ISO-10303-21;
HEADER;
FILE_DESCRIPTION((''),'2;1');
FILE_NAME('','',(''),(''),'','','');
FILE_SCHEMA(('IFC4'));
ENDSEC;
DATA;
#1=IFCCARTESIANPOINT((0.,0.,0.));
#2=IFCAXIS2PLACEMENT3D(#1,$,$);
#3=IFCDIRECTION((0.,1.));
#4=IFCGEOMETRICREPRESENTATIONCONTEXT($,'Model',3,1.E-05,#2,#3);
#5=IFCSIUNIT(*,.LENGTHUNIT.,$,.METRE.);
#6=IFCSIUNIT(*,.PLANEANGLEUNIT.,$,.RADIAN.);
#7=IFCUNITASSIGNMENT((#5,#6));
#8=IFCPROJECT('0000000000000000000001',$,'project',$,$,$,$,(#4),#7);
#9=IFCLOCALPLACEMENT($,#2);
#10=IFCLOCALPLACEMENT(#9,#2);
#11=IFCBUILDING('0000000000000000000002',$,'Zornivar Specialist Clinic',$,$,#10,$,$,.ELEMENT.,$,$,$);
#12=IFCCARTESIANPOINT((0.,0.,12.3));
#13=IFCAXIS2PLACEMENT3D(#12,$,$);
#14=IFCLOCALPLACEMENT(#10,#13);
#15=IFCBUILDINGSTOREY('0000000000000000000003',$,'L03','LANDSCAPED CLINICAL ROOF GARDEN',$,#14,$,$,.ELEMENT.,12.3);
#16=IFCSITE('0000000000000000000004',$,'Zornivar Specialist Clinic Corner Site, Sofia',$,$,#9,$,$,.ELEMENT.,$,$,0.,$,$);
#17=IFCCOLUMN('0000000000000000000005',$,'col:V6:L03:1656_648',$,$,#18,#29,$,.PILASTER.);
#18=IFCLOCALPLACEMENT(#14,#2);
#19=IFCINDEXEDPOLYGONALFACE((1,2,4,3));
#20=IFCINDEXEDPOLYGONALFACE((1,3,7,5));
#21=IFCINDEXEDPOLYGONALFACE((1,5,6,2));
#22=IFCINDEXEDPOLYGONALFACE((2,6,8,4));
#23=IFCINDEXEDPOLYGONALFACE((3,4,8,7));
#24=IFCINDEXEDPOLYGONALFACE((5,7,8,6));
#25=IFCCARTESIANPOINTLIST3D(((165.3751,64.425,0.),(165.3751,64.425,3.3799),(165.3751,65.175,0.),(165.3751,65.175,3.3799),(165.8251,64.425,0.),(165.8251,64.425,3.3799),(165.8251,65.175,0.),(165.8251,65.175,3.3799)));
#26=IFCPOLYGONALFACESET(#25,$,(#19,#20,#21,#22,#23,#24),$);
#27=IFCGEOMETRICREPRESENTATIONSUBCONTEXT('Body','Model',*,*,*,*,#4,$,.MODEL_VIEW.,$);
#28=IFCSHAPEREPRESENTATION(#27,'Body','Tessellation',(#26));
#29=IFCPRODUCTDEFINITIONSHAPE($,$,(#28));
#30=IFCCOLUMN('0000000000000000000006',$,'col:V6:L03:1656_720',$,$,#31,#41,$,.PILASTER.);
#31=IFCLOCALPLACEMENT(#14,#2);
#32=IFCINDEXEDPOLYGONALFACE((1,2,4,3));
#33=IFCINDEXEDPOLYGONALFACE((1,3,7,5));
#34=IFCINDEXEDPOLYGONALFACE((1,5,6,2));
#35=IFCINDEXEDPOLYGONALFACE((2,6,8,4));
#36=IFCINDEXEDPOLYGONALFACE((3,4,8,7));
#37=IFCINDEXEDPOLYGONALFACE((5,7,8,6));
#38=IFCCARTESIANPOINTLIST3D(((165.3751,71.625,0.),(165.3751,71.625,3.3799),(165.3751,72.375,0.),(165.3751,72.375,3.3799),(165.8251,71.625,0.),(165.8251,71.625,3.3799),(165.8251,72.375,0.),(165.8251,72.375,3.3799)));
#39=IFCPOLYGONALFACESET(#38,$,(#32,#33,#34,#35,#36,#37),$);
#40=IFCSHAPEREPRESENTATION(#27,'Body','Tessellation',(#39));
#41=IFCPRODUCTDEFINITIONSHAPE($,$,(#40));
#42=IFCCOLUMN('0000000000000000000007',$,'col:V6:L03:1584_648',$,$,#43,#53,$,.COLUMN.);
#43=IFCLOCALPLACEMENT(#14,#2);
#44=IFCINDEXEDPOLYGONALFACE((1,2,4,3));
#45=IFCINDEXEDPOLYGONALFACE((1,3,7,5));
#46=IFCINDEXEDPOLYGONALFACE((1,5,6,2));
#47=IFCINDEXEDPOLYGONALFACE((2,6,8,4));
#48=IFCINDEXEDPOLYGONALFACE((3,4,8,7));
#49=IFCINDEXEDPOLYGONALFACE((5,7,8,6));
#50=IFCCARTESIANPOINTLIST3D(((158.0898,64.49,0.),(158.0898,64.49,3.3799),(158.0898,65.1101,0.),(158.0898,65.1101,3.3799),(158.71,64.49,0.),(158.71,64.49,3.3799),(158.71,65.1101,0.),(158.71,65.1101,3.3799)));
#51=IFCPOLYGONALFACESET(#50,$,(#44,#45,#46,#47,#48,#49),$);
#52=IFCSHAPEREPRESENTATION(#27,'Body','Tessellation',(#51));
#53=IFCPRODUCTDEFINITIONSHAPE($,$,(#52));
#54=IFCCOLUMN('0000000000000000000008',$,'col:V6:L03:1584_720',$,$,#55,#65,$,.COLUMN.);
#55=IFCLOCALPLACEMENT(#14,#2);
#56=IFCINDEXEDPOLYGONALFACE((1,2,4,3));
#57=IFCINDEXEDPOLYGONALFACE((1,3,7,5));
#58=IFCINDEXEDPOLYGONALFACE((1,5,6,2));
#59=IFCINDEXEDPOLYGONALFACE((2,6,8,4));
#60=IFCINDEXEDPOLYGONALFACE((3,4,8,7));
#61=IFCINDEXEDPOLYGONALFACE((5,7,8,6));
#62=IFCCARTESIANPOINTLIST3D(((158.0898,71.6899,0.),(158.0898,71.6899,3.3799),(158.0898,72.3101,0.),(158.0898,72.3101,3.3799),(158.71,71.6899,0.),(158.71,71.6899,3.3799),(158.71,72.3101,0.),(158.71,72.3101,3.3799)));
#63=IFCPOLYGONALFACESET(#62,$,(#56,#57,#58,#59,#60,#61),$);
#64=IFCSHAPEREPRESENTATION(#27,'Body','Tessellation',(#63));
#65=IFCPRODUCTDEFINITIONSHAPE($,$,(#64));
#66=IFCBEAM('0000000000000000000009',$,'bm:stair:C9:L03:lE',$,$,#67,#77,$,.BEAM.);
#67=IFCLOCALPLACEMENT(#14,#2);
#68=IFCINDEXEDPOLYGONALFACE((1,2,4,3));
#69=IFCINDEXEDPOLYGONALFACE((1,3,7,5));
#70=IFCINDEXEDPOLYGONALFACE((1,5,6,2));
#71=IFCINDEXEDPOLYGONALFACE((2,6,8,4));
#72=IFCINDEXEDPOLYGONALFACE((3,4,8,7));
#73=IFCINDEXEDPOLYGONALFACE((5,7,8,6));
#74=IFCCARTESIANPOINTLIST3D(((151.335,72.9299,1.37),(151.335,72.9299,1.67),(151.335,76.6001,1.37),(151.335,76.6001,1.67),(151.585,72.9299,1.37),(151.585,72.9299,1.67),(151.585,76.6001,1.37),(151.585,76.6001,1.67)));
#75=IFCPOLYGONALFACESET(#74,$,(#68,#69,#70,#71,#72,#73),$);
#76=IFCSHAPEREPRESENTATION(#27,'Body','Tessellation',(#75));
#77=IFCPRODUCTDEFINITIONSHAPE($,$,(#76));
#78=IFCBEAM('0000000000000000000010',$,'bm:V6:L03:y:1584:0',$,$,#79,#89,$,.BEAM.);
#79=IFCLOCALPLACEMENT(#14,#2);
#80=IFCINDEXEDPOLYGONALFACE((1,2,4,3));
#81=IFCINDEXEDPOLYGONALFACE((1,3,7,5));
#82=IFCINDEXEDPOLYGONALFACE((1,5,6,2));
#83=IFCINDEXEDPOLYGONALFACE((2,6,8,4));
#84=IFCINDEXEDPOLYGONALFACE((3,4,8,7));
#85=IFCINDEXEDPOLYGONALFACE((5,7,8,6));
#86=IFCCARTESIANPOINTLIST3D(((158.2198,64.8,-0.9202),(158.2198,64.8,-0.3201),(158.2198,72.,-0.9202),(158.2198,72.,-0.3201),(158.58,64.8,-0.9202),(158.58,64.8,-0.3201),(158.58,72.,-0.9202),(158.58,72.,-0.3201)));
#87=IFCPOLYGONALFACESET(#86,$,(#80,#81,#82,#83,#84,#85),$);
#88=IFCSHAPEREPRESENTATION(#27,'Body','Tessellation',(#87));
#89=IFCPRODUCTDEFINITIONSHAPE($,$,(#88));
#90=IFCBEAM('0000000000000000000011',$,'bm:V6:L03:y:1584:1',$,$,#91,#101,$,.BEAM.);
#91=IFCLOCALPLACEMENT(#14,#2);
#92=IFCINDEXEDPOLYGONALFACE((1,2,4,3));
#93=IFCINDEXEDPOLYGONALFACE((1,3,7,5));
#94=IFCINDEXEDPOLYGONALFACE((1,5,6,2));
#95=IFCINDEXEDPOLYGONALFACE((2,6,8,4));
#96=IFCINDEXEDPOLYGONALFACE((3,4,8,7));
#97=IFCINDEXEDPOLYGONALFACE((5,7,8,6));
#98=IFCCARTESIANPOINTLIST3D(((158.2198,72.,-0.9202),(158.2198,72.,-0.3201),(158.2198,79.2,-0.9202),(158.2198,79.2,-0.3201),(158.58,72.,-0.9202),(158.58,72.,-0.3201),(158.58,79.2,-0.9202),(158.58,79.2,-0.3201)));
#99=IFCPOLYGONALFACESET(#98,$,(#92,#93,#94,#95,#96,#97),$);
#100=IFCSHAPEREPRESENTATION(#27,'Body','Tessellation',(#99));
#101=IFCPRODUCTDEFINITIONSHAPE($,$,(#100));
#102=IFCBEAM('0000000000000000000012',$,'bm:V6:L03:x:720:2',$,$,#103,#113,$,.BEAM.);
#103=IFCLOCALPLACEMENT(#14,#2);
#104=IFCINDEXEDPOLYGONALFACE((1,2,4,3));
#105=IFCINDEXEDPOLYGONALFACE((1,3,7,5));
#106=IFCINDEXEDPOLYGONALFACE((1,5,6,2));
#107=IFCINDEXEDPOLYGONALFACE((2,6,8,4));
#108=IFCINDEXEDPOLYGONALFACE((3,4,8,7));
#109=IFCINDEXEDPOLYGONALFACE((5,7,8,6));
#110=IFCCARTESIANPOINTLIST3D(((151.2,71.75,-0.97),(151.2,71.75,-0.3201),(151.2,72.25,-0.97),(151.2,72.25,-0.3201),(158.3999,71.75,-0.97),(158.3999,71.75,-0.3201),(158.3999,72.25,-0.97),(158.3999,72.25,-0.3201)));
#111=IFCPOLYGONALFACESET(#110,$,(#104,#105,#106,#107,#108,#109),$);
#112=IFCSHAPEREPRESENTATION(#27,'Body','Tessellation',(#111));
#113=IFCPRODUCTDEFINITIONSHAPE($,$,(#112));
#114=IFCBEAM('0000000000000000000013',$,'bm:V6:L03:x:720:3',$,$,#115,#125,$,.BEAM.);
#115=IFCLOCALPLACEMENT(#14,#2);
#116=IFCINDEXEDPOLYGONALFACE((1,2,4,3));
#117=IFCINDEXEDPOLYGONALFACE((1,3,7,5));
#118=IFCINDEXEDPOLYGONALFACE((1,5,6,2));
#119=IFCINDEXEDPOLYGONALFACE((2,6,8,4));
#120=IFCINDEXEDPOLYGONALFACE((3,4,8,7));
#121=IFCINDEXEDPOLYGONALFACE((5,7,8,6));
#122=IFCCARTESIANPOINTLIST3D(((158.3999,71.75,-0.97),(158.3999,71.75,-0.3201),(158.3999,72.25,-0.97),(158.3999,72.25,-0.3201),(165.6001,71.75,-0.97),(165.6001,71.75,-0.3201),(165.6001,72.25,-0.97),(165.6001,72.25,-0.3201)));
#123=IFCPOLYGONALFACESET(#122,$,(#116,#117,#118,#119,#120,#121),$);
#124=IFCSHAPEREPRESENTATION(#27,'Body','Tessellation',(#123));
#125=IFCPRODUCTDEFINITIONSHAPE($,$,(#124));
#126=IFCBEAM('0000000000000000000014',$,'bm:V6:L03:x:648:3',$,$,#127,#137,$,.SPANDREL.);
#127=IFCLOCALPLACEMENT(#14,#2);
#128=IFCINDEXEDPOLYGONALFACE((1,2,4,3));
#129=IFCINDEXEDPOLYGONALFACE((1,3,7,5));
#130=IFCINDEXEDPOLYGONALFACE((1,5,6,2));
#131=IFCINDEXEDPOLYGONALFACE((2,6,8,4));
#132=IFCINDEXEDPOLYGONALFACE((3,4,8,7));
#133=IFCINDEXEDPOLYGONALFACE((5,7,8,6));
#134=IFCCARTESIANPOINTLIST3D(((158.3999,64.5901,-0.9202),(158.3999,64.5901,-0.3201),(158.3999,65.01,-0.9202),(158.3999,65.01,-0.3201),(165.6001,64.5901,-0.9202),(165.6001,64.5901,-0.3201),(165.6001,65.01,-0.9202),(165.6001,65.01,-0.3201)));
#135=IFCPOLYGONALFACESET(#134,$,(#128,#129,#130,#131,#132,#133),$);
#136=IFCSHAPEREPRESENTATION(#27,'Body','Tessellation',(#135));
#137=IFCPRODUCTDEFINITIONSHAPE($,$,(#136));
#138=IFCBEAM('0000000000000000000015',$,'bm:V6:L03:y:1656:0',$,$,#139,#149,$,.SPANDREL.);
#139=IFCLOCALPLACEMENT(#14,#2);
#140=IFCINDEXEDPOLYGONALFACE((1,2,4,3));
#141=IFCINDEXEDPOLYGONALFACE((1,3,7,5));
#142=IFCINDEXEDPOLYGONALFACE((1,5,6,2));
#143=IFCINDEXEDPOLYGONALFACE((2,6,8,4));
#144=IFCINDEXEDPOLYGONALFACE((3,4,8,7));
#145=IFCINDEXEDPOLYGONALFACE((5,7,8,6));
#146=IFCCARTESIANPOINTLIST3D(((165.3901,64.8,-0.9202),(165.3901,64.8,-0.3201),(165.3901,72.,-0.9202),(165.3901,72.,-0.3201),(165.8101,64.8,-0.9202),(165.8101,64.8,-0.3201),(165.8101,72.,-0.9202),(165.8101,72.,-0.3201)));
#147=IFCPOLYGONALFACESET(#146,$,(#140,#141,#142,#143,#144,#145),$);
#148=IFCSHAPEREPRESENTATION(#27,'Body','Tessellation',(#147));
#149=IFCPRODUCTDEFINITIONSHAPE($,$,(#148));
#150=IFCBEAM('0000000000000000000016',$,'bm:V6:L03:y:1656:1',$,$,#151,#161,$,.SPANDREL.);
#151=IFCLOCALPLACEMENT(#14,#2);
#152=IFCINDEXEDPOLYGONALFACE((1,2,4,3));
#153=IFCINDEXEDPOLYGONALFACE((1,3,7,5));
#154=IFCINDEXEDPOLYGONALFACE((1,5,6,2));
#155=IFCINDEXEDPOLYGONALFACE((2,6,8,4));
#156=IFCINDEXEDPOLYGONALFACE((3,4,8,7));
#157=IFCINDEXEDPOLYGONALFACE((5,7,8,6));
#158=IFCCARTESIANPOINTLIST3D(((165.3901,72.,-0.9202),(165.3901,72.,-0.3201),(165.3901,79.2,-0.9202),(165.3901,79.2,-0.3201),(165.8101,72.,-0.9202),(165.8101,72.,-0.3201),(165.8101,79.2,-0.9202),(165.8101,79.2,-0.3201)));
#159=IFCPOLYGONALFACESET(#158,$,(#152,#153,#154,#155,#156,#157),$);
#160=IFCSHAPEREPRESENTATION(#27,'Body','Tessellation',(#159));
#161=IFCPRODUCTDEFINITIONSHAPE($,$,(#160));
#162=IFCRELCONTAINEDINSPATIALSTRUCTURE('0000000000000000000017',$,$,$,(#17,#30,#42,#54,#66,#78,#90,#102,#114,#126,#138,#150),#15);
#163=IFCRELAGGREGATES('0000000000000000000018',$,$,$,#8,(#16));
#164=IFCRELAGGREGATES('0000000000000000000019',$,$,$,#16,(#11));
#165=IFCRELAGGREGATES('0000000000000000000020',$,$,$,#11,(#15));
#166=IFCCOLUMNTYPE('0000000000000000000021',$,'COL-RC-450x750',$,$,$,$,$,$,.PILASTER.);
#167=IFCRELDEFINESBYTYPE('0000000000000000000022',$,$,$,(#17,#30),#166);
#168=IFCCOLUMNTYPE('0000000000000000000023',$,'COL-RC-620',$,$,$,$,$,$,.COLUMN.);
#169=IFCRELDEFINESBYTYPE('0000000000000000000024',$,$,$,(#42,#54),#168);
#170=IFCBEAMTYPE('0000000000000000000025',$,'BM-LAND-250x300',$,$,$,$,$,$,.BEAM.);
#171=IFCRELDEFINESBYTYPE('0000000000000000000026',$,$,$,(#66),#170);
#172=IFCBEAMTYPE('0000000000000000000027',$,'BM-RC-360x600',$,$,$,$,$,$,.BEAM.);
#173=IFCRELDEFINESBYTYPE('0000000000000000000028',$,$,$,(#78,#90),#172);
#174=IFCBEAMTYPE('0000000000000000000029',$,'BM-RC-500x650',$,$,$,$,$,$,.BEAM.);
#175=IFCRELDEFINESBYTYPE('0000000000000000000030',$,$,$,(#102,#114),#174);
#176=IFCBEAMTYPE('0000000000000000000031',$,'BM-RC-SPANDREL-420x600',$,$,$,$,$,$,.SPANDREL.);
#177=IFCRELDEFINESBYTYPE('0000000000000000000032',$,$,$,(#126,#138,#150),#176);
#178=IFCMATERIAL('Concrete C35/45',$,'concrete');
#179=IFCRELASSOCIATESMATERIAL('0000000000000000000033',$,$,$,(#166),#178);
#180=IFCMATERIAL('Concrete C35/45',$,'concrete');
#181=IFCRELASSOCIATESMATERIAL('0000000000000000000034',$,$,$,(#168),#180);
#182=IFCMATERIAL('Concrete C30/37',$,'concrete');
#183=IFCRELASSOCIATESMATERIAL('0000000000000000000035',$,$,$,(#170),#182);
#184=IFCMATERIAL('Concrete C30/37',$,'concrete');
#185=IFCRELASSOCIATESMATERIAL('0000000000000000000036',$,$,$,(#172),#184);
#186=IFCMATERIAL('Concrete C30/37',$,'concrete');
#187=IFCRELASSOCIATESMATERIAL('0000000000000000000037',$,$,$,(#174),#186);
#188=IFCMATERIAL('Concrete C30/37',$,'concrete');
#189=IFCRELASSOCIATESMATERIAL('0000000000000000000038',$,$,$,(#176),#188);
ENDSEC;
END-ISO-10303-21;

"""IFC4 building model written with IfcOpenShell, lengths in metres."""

from ifc_helpers import new_model, si_unit, direction, frame, origin, origin_2d, place, context, subcontext, project, spatial, rectangle, extrude, material, material_profile, profile_set, type_object, element, save


model = new_model("IFC4")

# Units and contexts
model_context = context("Model", 3, precision=1e-05, world=origin(), true_north=direction((0.0, 1.0)))
body_context = subcontext(model_context, "Body", "Model", "MODEL_VIEW")
ifc_project = project(units=[si_unit("LENGTHUNIT", "METRE"), si_unit("PLANEANGLEUNIT", "RADIAN")], contexts=[model_context])

# Site, building, storey
site_placement = place(None, origin())
site = spatial("IfcSite", under=ifc_project, at=site_placement, Name="Zornivar Specialist Clinic Corner Site, Sofia", CompositionType="ELEMENT", RefElevation=0.0)
building_placement = place(site_placement, origin())
building = spatial("IfcBuilding", under=site, at=building_placement, Name="Zornivar Specialist Clinic", CompositionType="ELEMENT")
storey_placement = place(building_placement, frame((0.0, 0.0, 12.3)))
storey = spatial("IfcBuildingStorey", under=building, at=storey_placement, Name="L03", Description="LANDSCAPED CLINICAL ROOF GARDEN", CompositionType="ELEMENT", Elevation=12.3)

# Columns
ifc_material_1 = material(Name="Concrete C35/45", Category="concrete")
ifc_material_profile_1 = material_profile(ifc_material_1, rectangle(XDim=0.45, YDim=0.75, at=origin_2d()), Name="RC 450x750")
ifc_profile_set_1 = profile_set([ifc_material_profile_1], Name="Concrete C35/45")
column_type_1 = type_object("IfcColumnType", Name="COL-RC-450x750", PredefinedType="PILASTER", material=ifc_profile_set_1)
for number, where, z_axis, x_axis, name in (
    (1, (165.6001, 64.8, 0.0), (0.0, 0.0, 1.0), (1.0, 0.0, 0.0), "col:V6:L03:1656_648"),
    (2, (165.6001, 72.0, 0.0), (0.0, 0.0, 1.0), (1.0, 0.0, 0.0), "col:V6:L03:1656_720"),
):
    element("IfcColumn", number, at=place(storey_placement, frame(where, z_axis=z_axis, x_axis=x_axis)), inside=storey, type_object=column_type_1, Name=name, PredefinedType="PILASTER", context=body_context, shape_type="SweptSolid", body=[
        extrude(rectangle(XDim=0.45, YDim=0.75, at=origin_2d()), origin(), (0.0, 0.0, 1.0), 3.3799),
    ])
ifc_material_2 = material(Name="Concrete C35/45", Category="concrete")
ifc_material_profile_2 = material_profile(ifc_material_2, rectangle(XDim=0.6201, YDim=0.6201, at=origin_2d()), Name="RC 620x620")
ifc_profile_set_2 = profile_set([ifc_material_profile_2], Name="Concrete C35/45")
column_type_2 = type_object("IfcColumnType", Name="COL-RC-620", PredefinedType="COLUMN", material=ifc_profile_set_2)
for number, where, z_axis, x_axis, name in (
    (3, (158.3999, 64.8, 0.0), (0.0, 0.0, 1.0), (1.0, 0.0, 0.0), "col:V6:L03:1584_648"),
    (4, (158.3999, 72.0, 0.0), (0.0, 0.0, 1.0), (1.0, 0.0, 0.0), "col:V6:L03:1584_720"),
):
    element("IfcColumn", number, at=place(storey_placement, frame(where, z_axis=z_axis, x_axis=x_axis)), inside=storey, type_object=column_type_2, Name=name, PredefinedType="COLUMN", context=body_context, shape_type="SweptSolid", body=[
        extrude(rectangle(XDim=0.6201, YDim=0.6201, at=origin_2d()), origin(), (0.0, 0.0, 1.0), 3.3799),
    ])

# Beams
ifc_material_3 = material(Name="Concrete C30/37", Category="concrete")
ifc_material_profile_3 = material_profile(ifc_material_3, rectangle(XDim=0.25, YDim=0.3, at=origin_2d()), Name="RC 250x300")
ifc_profile_set_3 = profile_set([ifc_material_profile_3], Name="Concrete C30/37")
beam_type_1 = type_object("IfcBeamType", Name="BM-LAND-250x300", PredefinedType="BEAM", material=ifc_profile_set_3)
beam_1_placement = place(storey_placement, frame((151.46, 72.9299, 1.52), z_axis=(0.0, 1.0, 0.0), x_axis=(-1.0, 0.0, 0.0)))
element("IfcBeam", 5, at=beam_1_placement, inside=storey, type_object=beam_type_1, Name="bm:stair:C9:L03:lE", PredefinedType="BEAM", context=body_context, shape_type="SweptSolid", body=[
    extrude(rectangle(XDim=0.25, YDim=0.3, at=origin_2d()), origin(), (0.0, 0.0, 1.0), 3.6702),
])
ifc_material_4 = material(Name="Concrete C30/37", Category="concrete")
ifc_material_profile_4 = material_profile(ifc_material_4, rectangle(XDim=0.3601, YDim=0.6001, at=origin_2d()), Name="RC 360x600")
ifc_profile_set_4 = profile_set([ifc_material_profile_4], Name="Concrete C30/37")
beam_type_2 = type_object("IfcBeamType", Name="BM-RC-360x600", PredefinedType="BEAM", material=ifc_profile_set_4)
for number, where, z_axis, x_axis, name in (
    (6, (158.3999, 64.8, -0.6201), (0.0, 1.0, 0.0), (-1.0, 0.0, 0.0), "bm:V6:L03:y:1584:0"),
    (7, (158.3999, 72.0, -0.6201), (0.0, 1.0, 0.0), (-1.0, 0.0, 0.0), "bm:V6:L03:y:1584:1"),
):
    element("IfcBeam", number, at=place(storey_placement, frame(where, z_axis=z_axis, x_axis=x_axis)), inside=storey, type_object=beam_type_2, Name=name, PredefinedType="BEAM", context=body_context, shape_type="SweptSolid", body=[
        extrude(rectangle(XDim=0.3601, YDim=0.6001, at=origin_2d()), origin(), (0.0, 0.0, 1.0), 7.2),
    ])
ifc_material_5 = material(Name="Concrete C30/37", Category="concrete")
ifc_material_profile_5 = material_profile(ifc_material_5, rectangle(XDim=0.5, YDim=0.6499, at=origin_2d()), Name="RC 500x650")
ifc_profile_set_5 = profile_set([ifc_material_profile_5], Name="Concrete C30/37")
beam_type_3 = type_object("IfcBeamType", Name="BM-RC-500x650", PredefinedType="BEAM", material=ifc_profile_set_5)
beam_2_placement = place(storey_placement, frame((151.2, 72.0, -0.645), z_axis=(1.0, 0.0, 0.0), x_axis=(0.0, 1.0, 0.0)))
element("IfcBeam", 8, at=beam_2_placement, inside=storey, type_object=beam_type_3, Name="bm:V6:L03:x:720:2", PredefinedType="BEAM", context=body_context, shape_type="SweptSolid", body=[
    extrude(rectangle(XDim=0.5, YDim=0.6499, at=origin_2d()), origin(), (0.0, 0.0, 1.0), 7.2),
])
beam_3_placement = place(storey_placement, frame((158.3999, 72.0, -0.645), z_axis=(1.0, 0.0, 0.0), x_axis=(0.0, 1.0, 0.0)))
element("IfcBeam", 9, at=beam_3_placement, inside=storey, type_object=beam_type_3, Name="bm:V6:L03:x:720:3", PredefinedType="BEAM", context=body_context, shape_type="SweptSolid", body=[
    extrude(rectangle(XDim=0.5, YDim=0.6499, at=origin_2d()), origin(), (0.0, 0.0, 1.0), 7.2002),
])
ifc_material_6 = material(Name="Concrete C30/37", Category="concrete")
ifc_material_profile_6 = material_profile(ifc_material_6, rectangle(XDim=0.4199, YDim=0.6001, at=origin_2d()), Name="RC 420x600")
ifc_profile_set_6 = profile_set([ifc_material_profile_6], Name="Concrete C30/37")
beam_type_4 = type_object("IfcBeamType", Name="BM-RC-SPANDREL-420x600", PredefinedType="SPANDREL", material=ifc_profile_set_6)
beam_4_placement = place(storey_placement, frame((158.3999, 64.8, -0.6201), z_axis=(1.0, 0.0, 0.0), x_axis=(0.0, 1.0, 0.0)))
element("IfcBeam", 10, at=beam_4_placement, inside=storey, type_object=beam_type_4, Name="bm:V6:L03:x:648:3", PredefinedType="SPANDREL", context=body_context, shape_type="SweptSolid", body=[
    extrude(rectangle(XDim=0.4199, YDim=0.6001, at=origin_2d()), origin(), (0.0, 0.0, 1.0), 7.2002),
])
for number, where, z_axis, x_axis, name in (
    (11, (165.6001, 64.8, -0.6201), (0.0, 1.0, 0.0), (-1.0, 0.0, 0.0), "bm:V6:L03:y:1656:0"),
    (12, (165.6001, 72.0, -0.6201), (0.0, 1.0, 0.0), (-1.0, 0.0, 0.0), "bm:V6:L03:y:1656:1"),
):
    element("IfcBeam", number, at=place(storey_placement, frame(where, z_axis=z_axis, x_axis=x_axis)), inside=storey, type_object=beam_type_4, Name=name, PredefinedType="SPANDREL", context=body_context, shape_type="SweptSolid", body=[
        extrude(rectangle(XDim=0.4199, YDim=0.6001, at=origin_2d()), origin(), (0.0, 0.0, 1.0), 7.2),
    ])

save(model, "model.ifc")
